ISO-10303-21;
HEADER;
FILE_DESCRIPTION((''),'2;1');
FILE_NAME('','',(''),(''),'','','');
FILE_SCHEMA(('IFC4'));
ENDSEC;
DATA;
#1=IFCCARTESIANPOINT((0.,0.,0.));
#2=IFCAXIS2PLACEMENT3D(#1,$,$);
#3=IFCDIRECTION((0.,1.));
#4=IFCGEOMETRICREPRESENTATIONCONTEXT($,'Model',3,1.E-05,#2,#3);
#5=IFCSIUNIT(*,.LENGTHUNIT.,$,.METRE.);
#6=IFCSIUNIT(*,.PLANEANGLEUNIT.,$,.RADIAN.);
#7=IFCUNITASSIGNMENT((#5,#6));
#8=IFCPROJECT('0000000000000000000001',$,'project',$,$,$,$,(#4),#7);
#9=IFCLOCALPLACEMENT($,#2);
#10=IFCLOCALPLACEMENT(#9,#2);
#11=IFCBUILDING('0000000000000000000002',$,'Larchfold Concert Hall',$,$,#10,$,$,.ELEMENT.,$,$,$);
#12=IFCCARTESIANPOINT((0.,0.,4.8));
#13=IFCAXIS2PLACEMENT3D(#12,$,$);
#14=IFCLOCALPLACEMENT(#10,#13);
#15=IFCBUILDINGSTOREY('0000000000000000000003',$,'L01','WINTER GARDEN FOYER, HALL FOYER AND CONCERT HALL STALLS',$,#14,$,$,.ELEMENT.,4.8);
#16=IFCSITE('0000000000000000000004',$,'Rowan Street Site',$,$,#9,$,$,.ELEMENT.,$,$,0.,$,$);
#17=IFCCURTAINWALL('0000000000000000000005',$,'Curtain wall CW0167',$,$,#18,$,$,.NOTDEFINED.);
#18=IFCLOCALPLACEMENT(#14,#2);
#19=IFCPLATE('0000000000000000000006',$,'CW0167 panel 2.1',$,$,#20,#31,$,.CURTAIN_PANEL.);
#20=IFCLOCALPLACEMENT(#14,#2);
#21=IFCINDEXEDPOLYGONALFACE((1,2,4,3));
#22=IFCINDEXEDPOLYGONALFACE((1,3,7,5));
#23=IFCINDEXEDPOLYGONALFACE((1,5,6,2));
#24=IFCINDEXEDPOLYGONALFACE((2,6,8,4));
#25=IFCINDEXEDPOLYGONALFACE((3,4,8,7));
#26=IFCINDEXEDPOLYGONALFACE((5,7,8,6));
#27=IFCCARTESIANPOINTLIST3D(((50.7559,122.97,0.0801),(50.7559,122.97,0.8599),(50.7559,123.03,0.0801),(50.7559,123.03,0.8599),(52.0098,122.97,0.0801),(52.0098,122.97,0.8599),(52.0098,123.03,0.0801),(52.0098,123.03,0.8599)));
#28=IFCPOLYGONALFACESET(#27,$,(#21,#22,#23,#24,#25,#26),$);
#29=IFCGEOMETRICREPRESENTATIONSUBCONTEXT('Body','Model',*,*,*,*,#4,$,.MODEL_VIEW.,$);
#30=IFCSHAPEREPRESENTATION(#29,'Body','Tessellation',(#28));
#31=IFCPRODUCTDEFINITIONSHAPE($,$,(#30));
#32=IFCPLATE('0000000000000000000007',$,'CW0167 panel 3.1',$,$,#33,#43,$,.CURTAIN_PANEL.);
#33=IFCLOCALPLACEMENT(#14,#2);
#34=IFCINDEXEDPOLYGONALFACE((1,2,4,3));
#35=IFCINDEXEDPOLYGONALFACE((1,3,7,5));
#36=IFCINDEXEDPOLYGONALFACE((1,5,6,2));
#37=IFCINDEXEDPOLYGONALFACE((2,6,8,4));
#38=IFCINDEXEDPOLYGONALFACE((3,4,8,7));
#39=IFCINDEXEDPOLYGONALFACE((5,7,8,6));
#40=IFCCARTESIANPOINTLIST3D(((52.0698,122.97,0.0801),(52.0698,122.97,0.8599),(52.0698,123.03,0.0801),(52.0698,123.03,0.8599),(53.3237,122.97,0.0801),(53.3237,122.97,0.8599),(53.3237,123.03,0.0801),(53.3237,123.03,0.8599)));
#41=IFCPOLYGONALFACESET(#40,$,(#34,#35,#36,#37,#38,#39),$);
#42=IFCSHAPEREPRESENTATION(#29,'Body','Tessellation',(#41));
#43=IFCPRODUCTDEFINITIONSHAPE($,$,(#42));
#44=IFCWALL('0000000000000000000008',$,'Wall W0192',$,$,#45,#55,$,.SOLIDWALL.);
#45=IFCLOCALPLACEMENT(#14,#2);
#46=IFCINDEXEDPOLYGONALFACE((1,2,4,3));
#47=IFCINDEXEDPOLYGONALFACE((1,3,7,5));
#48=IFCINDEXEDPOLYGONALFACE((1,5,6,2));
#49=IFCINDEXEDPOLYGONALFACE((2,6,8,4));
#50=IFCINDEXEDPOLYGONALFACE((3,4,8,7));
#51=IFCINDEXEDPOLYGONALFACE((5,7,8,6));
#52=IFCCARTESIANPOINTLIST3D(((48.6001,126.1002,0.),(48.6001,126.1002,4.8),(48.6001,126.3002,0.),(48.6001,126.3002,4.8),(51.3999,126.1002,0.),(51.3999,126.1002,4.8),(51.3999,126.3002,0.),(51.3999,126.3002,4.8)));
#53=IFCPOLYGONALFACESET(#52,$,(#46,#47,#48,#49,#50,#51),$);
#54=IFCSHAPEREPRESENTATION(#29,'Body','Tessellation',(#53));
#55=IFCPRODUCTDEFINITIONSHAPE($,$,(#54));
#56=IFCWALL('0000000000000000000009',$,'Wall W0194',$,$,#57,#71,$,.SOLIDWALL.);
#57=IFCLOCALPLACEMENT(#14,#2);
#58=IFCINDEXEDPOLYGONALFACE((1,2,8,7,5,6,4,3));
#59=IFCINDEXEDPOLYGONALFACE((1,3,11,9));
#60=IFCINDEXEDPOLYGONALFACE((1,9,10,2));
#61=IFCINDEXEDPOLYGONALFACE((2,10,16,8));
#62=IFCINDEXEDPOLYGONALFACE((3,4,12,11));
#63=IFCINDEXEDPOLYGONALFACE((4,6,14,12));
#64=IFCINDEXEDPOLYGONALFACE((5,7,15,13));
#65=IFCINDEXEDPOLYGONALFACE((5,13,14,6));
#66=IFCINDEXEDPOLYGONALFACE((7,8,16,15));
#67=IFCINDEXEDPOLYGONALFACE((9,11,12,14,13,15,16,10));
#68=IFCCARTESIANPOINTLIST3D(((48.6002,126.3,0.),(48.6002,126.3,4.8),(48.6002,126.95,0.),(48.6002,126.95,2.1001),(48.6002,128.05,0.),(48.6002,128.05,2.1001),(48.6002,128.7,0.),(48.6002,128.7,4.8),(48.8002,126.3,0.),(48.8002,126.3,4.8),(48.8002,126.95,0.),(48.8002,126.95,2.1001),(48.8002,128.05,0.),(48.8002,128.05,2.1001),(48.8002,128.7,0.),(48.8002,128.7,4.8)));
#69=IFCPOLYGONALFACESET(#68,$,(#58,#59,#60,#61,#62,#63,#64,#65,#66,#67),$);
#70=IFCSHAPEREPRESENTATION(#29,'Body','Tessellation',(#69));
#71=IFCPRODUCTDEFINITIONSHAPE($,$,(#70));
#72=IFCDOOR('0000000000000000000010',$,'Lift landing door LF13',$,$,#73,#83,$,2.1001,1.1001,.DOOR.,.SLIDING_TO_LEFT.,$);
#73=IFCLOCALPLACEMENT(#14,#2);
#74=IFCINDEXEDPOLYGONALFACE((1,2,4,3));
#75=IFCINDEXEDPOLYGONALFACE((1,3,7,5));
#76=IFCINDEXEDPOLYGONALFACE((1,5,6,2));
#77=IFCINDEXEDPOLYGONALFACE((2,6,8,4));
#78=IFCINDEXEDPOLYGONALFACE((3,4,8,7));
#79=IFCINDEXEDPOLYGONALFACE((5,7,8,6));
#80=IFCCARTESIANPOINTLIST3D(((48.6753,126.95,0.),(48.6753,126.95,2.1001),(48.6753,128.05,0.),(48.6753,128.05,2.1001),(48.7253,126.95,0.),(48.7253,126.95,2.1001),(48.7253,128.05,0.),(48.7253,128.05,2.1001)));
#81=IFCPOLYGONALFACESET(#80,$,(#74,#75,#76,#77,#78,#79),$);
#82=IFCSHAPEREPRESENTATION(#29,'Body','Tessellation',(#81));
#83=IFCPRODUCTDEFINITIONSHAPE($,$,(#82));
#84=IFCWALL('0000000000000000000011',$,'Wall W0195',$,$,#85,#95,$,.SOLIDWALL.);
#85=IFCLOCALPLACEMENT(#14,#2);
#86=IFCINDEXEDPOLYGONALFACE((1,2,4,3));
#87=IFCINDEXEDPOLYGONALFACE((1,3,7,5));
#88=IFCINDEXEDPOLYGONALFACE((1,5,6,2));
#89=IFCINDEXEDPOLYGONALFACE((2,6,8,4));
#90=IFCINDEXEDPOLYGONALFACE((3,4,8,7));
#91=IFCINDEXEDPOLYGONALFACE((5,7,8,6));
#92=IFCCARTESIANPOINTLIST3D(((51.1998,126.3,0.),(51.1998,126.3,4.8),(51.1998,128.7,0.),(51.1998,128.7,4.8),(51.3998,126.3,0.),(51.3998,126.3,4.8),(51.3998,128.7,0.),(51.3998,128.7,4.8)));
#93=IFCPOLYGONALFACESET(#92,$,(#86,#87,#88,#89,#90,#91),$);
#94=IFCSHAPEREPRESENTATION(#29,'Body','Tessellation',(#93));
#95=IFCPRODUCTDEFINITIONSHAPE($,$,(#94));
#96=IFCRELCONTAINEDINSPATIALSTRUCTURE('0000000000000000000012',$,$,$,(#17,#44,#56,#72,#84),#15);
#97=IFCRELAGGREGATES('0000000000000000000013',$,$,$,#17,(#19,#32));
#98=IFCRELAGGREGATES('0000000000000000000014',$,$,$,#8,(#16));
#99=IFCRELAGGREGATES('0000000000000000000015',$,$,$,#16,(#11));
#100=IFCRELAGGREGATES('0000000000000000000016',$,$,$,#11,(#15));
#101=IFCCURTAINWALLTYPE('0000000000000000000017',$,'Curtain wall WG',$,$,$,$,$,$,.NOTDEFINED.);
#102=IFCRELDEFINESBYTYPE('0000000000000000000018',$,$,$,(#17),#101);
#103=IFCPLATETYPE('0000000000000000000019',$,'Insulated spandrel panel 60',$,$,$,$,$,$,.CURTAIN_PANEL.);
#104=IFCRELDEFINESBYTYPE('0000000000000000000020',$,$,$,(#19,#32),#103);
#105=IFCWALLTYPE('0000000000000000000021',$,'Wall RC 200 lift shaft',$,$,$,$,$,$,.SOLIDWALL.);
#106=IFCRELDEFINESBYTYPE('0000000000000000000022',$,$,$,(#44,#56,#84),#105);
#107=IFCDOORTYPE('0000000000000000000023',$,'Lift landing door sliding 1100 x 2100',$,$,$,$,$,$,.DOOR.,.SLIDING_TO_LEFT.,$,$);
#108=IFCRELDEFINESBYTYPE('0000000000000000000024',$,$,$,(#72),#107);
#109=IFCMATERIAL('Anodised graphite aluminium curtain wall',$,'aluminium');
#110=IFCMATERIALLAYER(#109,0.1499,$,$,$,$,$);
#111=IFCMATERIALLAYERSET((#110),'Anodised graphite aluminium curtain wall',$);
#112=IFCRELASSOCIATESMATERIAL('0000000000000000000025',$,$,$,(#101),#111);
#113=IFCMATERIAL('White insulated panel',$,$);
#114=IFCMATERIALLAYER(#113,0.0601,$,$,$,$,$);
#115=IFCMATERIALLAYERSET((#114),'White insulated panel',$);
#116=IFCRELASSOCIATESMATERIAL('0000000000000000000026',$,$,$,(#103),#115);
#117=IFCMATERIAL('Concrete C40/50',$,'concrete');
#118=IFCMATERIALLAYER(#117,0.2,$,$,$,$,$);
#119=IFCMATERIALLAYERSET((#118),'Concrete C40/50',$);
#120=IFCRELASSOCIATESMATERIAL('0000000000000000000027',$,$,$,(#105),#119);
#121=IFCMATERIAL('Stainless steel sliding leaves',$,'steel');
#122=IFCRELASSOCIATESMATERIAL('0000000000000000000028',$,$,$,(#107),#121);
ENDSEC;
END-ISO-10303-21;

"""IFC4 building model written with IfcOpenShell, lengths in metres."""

from ifc_helpers import new_model, si_unit, direction, frame, frame_2d, origin, origin_2d, place, context, subcontext, project, spatial, rectangle, extrude, material, layer, layer_set, type_object, element, fill, aggregate, save


model = new_model("IFC4")

# Units and contexts
model_context = context("Model", 3, precision=1e-05, world=origin(), true_north=direction((0.0, 1.0)))
body_context = subcontext(model_context, "Body", "Model", "MODEL_VIEW")
ifc_project = project(units=[si_unit("LENGTHUNIT", "METRE"), si_unit("PLANEANGLEUNIT", "RADIAN")], contexts=[model_context])

# Site, building, storey
site_placement = place(None, origin())
site = spatial("IfcSite", under=ifc_project, at=site_placement, Name="Rowan Street Site", CompositionType="ELEMENT", RefElevation=0.0)
building_placement = place(site_placement, origin())
building = spatial("IfcBuilding", under=site, at=building_placement, Name="Larchfold Concert Hall", CompositionType="ELEMENT")
storey_placement = place(building_placement, frame((0.0, 0.0, 4.8)))
storey = spatial("IfcBuildingStorey", under=building, at=storey_placement, Name="L01", Description="WINTER GARDEN FOYER, HALL FOYER AND CONCERT HALL STALLS", CompositionType="ELEMENT", Elevation=4.8)

# Shared definitions
ifc_material_1 = material(Name="Anodised graphite aluminium curtain wall", Category="aluminium")
ifc_layer_1 = layer(ifc_material_1, 0.1499)
ifc_layer_set_1 = layer_set([ifc_layer_1], Name="Anodised graphite aluminium curtain wall")
curtain_wall_type = type_object("IfcCurtainWallType", Name="Curtain wall WG", PredefinedType="NOTDEFINED", material=ifc_layer_set_1)

# Curtain wall
curtain_wall_1_placement = place(storey_placement, origin())
curtain_wall_1 = element("IfcCurtainWall", 1, at=curtain_wall_1_placement, inside=storey, type_object=curtain_wall_type, Name="Curtain wall CW0167", PredefinedType="NOTDEFINED")

# Plates
ifc_material_2 = material(Name="White insulated panel")
ifc_layer_2 = layer(ifc_material_2, 0.0601)
ifc_layer_set_2 = layer_set([ifc_layer_2], Name="White insulated panel")
plate_type_1 = type_object("IfcPlateType", Name="Insulated spandrel panel 60", PredefinedType="CURTAIN_PANEL", material=ifc_layer_set_2)
plate_1_placement = place(storey_placement, frame((51.3828, 123.0, 0.0801), z_axis=(0.0, 0.0, 1.0), x_axis=(1.0, 0.0, 0.0)))
plate_1 = element("IfcPlate", 2, at=plate_1_placement, type_object=plate_type_1, Name="CW0167 panel 2.1", PredefinedType="CURTAIN_PANEL", context=body_context, shape_type="SweptSolid", body=[
    extrude(rectangle(XDim=1.2539, YDim=0.0601, at=origin_2d()), origin(), (0.0, 0.0, 1.0), 0.7798),
])
plate_2_placement = place(storey_placement, frame((52.6968, 123.0, 0.0801), z_axis=(0.0, 0.0, 1.0), x_axis=(1.0, 0.0, 0.0)))
plate_2 = element("IfcPlate", 3, at=plate_2_placement, type_object=plate_type_1, Name="CW0167 panel 3.1", PredefinedType="CURTAIN_PANEL", context=body_context, shape_type="SweptSolid", body=[
    extrude(rectangle(XDim=1.2539, YDim=0.0601, at=origin_2d()), origin(), (0.0, 0.0, 1.0), 0.7798),
])
aggregate(curtain_wall_1, [plate_1, plate_2])

# Wall
ifc_material_3 = material(Name="Concrete C40/50", Category="concrete")
ifc_layer_3 = layer(ifc_material_3, 0.2)
ifc_layer_set_3 = layer_set([ifc_layer_3], Name="Concrete C40/50")
wall_type = type_object("IfcWallType", Name="Wall RC 200 lift shaft", PredefinedType="SOLIDWALL", material=ifc_layer_set_3)
wall_1_placement = place(storey_placement, frame((48.6001, 126.2002, 0.0), z_axis=(0.0, 0.0, 1.0), x_axis=(1.0, 0.0, 0.0)))
element("IfcWall", 4, at=wall_1_placement, inside=storey, type_object=wall_type, Name="Wall W0192", PredefinedType="SOLIDWALL", context=body_context, shape_type="SweptSolid", body=[
    extrude(rectangle(XDim=2.7998, YDim=0.2, at=frame_2d((1.3999, 0.0))), origin(), (0.0, 0.0, 1.0), 4.8),
])

# Wall, opening, door
wall_2_placement = place(storey_placement, frame((48.7002, 126.3, 0.0), z_axis=(0.0, 0.0, 1.0), x_axis=(0.0, 1.0, 0.0)))
wall_2 = element("IfcWall", 5, at=wall_2_placement, inside=storey, type_object=wall_type, Name="Wall W0194", PredefinedType="SOLIDWALL", context=body_context, shape_type="SweptSolid", body=[
    extrude(rectangle(XDim=2.3999, YDim=0.2, at=frame_2d((1.2, 0.0))), origin(), (0.0, 0.0, 1.0), 4.8),
])
opening_placement = place(wall_2_placement, frame((0.6499, 0.0, 0.0)))
opening = element("IfcOpeningElement", 6, at=opening_placement, cuts=wall_2, PredefinedType="OPENING", context=body_context, shape_type="SweptSolid", body=[
    extrude(rectangle(XDim=1.1001, YDim=2.1001, at=frame_2d((0.55, 1.05))), frame((0.0, 0.1099, 0.0), z_axis=(0.0, -1.0, 0.0), x_axis=(1.0, 0.0, 0.0)), (0.0, 0.0, 1.0), 0.22),
])
ifc_material_4 = material(Name="Stainless steel sliding leaves", Category="steel")
door_type = type_object("IfcDoorType", Name="Lift landing door sliding 1100 x 2100", OperationType="SLIDING_TO_LEFT", PredefinedType="DOOR", material=ifc_material_4)
door_placement = place(opening_placement, origin())
door = element("IfcDoor", 7, at=door_placement, inside=storey, type_object=door_type, Name="Lift landing door LF13", OperationType="SLIDING_TO_LEFT", OverallHeight=2.1001, OverallWidth=1.1001, PredefinedType="DOOR", context=body_context, shape_type="SweptSolid", body=[
    extrude(rectangle(XDim=1.1001, YDim=2.1001, at=frame_2d((0.55, 1.05))), frame((0.0, 0.0249, 0.0), z_axis=(0.0, -1.0, 0.0), x_axis=(1.0, 0.0, 0.0)), (0.0, 0.0, 1.0), 0.05),
])
fill(opening, door)

# Wall
wall_3_placement = place(storey_placement, frame((51.2998, 126.3, 0.0), z_axis=(0.0, 0.0, 1.0), x_axis=(0.0, 1.0, 0.0)))
element("IfcWall", 8, at=wall_3_placement, inside=storey, type_object=wall_type, Name="Wall W0195", PredefinedType="SOLIDWALL", context=body_context, shape_type="SweptSolid", body=[
    extrude(rectangle(XDim=2.3999, YDim=0.2, at=frame_2d((1.2, 0.0))), origin(), (0.0, 0.0, 1.0), 4.8),
])

save(model, "model.ifc")
